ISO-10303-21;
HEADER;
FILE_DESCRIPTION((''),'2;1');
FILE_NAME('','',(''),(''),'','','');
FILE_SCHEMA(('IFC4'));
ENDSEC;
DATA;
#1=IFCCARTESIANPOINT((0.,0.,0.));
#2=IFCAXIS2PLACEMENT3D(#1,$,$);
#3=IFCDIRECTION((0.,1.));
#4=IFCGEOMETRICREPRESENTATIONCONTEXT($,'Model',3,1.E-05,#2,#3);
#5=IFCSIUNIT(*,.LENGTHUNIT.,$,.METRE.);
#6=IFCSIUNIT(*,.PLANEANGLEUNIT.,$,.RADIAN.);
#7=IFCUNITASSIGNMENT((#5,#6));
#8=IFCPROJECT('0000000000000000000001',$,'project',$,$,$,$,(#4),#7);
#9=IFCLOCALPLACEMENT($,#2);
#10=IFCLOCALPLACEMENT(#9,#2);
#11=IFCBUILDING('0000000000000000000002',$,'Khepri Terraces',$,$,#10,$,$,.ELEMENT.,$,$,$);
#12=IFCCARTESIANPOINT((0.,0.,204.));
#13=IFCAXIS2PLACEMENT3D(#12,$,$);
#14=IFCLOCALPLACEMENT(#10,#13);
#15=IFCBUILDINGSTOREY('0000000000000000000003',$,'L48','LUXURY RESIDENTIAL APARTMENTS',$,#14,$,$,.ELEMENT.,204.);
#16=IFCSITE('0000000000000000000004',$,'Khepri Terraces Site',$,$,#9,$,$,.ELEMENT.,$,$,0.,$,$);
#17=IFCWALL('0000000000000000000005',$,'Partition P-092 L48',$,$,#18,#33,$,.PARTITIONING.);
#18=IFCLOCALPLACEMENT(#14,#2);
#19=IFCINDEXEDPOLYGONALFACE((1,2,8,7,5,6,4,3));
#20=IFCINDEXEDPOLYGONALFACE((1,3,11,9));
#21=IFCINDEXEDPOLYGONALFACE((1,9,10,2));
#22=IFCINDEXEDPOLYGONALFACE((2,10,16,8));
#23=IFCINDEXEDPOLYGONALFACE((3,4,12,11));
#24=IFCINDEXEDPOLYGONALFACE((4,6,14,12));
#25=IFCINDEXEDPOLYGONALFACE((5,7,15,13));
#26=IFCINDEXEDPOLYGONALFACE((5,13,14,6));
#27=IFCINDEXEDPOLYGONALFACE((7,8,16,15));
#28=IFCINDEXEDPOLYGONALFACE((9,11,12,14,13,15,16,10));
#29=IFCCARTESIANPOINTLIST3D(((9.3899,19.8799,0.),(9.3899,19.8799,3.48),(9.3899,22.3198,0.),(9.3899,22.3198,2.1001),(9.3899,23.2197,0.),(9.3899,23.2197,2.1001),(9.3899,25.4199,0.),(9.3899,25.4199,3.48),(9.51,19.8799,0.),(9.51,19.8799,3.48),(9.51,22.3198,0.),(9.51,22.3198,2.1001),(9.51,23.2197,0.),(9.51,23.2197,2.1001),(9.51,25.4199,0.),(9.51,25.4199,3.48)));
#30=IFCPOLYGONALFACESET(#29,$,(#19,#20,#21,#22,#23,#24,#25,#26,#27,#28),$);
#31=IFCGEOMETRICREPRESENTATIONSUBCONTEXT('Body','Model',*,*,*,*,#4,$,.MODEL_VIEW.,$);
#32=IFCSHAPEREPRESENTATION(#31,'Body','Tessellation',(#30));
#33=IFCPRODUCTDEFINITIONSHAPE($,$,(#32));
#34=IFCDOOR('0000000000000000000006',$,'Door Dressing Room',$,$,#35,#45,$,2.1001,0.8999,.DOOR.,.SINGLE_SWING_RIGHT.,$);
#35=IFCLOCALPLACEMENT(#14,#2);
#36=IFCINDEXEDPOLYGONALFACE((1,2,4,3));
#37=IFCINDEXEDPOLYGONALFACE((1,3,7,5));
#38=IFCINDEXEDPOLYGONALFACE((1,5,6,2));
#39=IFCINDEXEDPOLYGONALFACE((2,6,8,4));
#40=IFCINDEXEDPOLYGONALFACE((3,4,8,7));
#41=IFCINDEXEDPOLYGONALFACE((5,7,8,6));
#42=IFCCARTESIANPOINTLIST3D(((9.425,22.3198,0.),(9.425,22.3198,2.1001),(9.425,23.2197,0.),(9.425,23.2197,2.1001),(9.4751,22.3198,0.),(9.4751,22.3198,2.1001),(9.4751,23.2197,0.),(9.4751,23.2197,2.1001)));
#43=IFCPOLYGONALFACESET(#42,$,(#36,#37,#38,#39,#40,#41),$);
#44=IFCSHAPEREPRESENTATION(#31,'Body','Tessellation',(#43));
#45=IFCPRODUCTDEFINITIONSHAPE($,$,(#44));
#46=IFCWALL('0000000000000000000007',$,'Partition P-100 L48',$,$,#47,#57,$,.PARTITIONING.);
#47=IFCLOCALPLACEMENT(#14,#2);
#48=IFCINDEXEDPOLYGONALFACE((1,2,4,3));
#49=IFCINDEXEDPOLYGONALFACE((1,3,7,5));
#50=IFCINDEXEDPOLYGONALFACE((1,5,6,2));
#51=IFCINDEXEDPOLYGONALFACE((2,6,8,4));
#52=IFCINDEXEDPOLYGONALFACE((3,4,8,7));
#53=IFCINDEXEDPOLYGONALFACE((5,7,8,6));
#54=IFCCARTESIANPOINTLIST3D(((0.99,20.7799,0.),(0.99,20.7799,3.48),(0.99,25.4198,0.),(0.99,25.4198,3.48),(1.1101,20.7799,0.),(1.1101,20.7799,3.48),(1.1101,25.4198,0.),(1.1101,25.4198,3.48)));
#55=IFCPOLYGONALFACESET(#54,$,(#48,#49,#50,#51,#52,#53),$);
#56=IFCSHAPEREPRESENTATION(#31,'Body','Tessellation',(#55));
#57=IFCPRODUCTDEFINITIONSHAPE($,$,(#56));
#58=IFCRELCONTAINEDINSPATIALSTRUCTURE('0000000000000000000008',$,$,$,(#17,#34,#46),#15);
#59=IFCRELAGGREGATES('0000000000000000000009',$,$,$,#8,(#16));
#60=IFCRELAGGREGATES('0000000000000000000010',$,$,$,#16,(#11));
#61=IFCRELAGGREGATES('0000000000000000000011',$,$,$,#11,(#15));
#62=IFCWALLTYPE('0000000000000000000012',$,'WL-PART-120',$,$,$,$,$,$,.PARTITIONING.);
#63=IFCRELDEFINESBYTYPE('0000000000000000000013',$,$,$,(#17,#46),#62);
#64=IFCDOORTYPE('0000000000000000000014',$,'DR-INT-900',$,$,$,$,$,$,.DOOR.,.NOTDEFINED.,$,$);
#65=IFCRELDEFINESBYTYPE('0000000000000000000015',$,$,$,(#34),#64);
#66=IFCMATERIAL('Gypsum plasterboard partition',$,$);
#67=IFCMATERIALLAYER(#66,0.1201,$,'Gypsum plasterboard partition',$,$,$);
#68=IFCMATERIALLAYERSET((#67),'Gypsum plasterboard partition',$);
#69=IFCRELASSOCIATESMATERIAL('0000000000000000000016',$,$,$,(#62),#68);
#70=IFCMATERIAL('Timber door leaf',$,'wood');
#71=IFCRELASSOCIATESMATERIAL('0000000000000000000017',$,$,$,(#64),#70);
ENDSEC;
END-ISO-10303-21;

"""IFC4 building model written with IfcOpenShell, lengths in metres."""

from ifc_helpers import new_model, si_unit, direction, frame, frame_2d, origin, place, context, subcontext, project, spatial, rectangle, extrude, material, layer, layer_set, type_object, element, fill, save


model = new_model("IFC4")

# Units and contexts
model_context = context("Model", 3, precision=1e-05, world=origin(), true_north=direction((0.0, 1.0)))
body_context = subcontext(model_context, "Body", "Model", "MODEL_VIEW")
ifc_project = project(units=[si_unit("LENGTHUNIT", "METRE"), si_unit("PLANEANGLEUNIT", "RADIAN")], contexts=[model_context])

# Site, building, storey
site_placement = place(None, origin())
site = spatial("IfcSite", under=ifc_project, at=site_placement, Name="Khepri Terraces Site", CompositionType="ELEMENT", RefElevation=0.0)
building_placement = place(site_placement, origin())
building = spatial("IfcBuilding", under=site, at=building_placement, Name="Khepri Terraces", CompositionType="ELEMENT")
storey_placement = place(building_placement, frame((0.0, 0.0, 204.0)))
storey = spatial("IfcBuildingStorey", under=building, at=storey_placement, Name="L48", Description="LUXURY RESIDENTIAL APARTMENTS", CompositionType="ELEMENT", Elevation=204.0)

# Shared definitions
ifc_material_1 = material(Name="Gypsum plasterboard partition")
ifc_layer_1 = layer(ifc_material_1, 0.1201, Name="Gypsum plasterboard partition")
ifc_layer_set_1 = layer_set([ifc_layer_1], Name="Gypsum plasterboard partition")
wall_type_1 = type_object("IfcWallType", Name="WL-PART-120", PredefinedType="PARTITIONING", material=ifc_layer_set_1)

# Shared definitions
ifc_material_2 = material(Name="Timber door leaf", Category="wood")
door_type_1 = type_object("IfcDoorType", Name="DR-INT-900", OperationType="NOTDEFINED", PredefinedType="DOOR", material=ifc_material_2)

# Wall, opening, door
wall_1_placement = place(storey_placement, frame((9.45, 19.8799, 0.0), z_axis=(0.0, 0.0, 1.0), x_axis=(0.0, 1.0, 0.0)))
wall_1 = element("IfcWall", 1, at=wall_1_placement, inside=storey, type_object=wall_type_1, Name="Partition P-092 L48", PredefinedType="PARTITIONING", context=body_context, shape_type="SweptSolid", body=[
    extrude(rectangle(XDim=5.54, YDim=0.1201, at=frame_2d((2.77, 0.0))), origin(), (0.0, 0.0, 1.0), 3.48),
])
opening_1_placement = place(wall_1_placement, frame((2.4399, 0.0, 0.0)))
opening_1 = element("IfcOpeningElement", 2, at=opening_1_placement, cuts=wall_1, PredefinedType="OPENING", context=body_context, shape_type="SweptSolid", body=[
    extrude(rectangle(XDim=0.8999, YDim=2.1001, at=frame_2d((0.45, 1.05))), frame((0.0, 0.0701, 0.0), z_axis=(0.0, -1.0, 0.0), x_axis=(1.0, 0.0, 0.0)), (0.0, 0.0, 1.0), 0.1401),
])
door_1_placement = place(opening_1_placement, origin())
door_1 = element("IfcDoor", 3, at=door_1_placement, inside=storey, type_object=door_type_1, Name="Door Dressing Room", OperationType="SINGLE_SWING_RIGHT", OverallHeight=2.1001, OverallWidth=0.8999, PredefinedType="DOOR", context=body_context, shape_type="SweptSolid", body=[
    extrude(rectangle(XDim=0.8999, YDim=2.1001, at=frame_2d((0.45, 1.05))), frame((0.0, 0.0249, 0.0), z_axis=(0.0, -1.0, 0.0), x_axis=(1.0, 0.0, 0.0)), (0.0, 0.0, 1.0), 0.05),
])
fill(opening_1, door_1)

# Wall
wall_2_placement = place(storey_placement, frame((1.05, 20.78, 0.0), z_axis=(0.0, 0.0, 1.0), x_axis=(0.0, 1.0, 0.0)))
element("IfcWall", 4, at=wall_2_placement, inside=storey, type_object=wall_type_1, Name="Partition P-100 L48", PredefinedType="PARTITIONING", context=body_context, shape_type="SweptSolid", body=[
    extrude(rectangle(XDim=4.6399, YDim=0.1201, at=frame_2d((2.3198, 0.0))), origin(), (0.0, 0.0, 1.0), 3.48),
])

save(model, "model.ifc")
